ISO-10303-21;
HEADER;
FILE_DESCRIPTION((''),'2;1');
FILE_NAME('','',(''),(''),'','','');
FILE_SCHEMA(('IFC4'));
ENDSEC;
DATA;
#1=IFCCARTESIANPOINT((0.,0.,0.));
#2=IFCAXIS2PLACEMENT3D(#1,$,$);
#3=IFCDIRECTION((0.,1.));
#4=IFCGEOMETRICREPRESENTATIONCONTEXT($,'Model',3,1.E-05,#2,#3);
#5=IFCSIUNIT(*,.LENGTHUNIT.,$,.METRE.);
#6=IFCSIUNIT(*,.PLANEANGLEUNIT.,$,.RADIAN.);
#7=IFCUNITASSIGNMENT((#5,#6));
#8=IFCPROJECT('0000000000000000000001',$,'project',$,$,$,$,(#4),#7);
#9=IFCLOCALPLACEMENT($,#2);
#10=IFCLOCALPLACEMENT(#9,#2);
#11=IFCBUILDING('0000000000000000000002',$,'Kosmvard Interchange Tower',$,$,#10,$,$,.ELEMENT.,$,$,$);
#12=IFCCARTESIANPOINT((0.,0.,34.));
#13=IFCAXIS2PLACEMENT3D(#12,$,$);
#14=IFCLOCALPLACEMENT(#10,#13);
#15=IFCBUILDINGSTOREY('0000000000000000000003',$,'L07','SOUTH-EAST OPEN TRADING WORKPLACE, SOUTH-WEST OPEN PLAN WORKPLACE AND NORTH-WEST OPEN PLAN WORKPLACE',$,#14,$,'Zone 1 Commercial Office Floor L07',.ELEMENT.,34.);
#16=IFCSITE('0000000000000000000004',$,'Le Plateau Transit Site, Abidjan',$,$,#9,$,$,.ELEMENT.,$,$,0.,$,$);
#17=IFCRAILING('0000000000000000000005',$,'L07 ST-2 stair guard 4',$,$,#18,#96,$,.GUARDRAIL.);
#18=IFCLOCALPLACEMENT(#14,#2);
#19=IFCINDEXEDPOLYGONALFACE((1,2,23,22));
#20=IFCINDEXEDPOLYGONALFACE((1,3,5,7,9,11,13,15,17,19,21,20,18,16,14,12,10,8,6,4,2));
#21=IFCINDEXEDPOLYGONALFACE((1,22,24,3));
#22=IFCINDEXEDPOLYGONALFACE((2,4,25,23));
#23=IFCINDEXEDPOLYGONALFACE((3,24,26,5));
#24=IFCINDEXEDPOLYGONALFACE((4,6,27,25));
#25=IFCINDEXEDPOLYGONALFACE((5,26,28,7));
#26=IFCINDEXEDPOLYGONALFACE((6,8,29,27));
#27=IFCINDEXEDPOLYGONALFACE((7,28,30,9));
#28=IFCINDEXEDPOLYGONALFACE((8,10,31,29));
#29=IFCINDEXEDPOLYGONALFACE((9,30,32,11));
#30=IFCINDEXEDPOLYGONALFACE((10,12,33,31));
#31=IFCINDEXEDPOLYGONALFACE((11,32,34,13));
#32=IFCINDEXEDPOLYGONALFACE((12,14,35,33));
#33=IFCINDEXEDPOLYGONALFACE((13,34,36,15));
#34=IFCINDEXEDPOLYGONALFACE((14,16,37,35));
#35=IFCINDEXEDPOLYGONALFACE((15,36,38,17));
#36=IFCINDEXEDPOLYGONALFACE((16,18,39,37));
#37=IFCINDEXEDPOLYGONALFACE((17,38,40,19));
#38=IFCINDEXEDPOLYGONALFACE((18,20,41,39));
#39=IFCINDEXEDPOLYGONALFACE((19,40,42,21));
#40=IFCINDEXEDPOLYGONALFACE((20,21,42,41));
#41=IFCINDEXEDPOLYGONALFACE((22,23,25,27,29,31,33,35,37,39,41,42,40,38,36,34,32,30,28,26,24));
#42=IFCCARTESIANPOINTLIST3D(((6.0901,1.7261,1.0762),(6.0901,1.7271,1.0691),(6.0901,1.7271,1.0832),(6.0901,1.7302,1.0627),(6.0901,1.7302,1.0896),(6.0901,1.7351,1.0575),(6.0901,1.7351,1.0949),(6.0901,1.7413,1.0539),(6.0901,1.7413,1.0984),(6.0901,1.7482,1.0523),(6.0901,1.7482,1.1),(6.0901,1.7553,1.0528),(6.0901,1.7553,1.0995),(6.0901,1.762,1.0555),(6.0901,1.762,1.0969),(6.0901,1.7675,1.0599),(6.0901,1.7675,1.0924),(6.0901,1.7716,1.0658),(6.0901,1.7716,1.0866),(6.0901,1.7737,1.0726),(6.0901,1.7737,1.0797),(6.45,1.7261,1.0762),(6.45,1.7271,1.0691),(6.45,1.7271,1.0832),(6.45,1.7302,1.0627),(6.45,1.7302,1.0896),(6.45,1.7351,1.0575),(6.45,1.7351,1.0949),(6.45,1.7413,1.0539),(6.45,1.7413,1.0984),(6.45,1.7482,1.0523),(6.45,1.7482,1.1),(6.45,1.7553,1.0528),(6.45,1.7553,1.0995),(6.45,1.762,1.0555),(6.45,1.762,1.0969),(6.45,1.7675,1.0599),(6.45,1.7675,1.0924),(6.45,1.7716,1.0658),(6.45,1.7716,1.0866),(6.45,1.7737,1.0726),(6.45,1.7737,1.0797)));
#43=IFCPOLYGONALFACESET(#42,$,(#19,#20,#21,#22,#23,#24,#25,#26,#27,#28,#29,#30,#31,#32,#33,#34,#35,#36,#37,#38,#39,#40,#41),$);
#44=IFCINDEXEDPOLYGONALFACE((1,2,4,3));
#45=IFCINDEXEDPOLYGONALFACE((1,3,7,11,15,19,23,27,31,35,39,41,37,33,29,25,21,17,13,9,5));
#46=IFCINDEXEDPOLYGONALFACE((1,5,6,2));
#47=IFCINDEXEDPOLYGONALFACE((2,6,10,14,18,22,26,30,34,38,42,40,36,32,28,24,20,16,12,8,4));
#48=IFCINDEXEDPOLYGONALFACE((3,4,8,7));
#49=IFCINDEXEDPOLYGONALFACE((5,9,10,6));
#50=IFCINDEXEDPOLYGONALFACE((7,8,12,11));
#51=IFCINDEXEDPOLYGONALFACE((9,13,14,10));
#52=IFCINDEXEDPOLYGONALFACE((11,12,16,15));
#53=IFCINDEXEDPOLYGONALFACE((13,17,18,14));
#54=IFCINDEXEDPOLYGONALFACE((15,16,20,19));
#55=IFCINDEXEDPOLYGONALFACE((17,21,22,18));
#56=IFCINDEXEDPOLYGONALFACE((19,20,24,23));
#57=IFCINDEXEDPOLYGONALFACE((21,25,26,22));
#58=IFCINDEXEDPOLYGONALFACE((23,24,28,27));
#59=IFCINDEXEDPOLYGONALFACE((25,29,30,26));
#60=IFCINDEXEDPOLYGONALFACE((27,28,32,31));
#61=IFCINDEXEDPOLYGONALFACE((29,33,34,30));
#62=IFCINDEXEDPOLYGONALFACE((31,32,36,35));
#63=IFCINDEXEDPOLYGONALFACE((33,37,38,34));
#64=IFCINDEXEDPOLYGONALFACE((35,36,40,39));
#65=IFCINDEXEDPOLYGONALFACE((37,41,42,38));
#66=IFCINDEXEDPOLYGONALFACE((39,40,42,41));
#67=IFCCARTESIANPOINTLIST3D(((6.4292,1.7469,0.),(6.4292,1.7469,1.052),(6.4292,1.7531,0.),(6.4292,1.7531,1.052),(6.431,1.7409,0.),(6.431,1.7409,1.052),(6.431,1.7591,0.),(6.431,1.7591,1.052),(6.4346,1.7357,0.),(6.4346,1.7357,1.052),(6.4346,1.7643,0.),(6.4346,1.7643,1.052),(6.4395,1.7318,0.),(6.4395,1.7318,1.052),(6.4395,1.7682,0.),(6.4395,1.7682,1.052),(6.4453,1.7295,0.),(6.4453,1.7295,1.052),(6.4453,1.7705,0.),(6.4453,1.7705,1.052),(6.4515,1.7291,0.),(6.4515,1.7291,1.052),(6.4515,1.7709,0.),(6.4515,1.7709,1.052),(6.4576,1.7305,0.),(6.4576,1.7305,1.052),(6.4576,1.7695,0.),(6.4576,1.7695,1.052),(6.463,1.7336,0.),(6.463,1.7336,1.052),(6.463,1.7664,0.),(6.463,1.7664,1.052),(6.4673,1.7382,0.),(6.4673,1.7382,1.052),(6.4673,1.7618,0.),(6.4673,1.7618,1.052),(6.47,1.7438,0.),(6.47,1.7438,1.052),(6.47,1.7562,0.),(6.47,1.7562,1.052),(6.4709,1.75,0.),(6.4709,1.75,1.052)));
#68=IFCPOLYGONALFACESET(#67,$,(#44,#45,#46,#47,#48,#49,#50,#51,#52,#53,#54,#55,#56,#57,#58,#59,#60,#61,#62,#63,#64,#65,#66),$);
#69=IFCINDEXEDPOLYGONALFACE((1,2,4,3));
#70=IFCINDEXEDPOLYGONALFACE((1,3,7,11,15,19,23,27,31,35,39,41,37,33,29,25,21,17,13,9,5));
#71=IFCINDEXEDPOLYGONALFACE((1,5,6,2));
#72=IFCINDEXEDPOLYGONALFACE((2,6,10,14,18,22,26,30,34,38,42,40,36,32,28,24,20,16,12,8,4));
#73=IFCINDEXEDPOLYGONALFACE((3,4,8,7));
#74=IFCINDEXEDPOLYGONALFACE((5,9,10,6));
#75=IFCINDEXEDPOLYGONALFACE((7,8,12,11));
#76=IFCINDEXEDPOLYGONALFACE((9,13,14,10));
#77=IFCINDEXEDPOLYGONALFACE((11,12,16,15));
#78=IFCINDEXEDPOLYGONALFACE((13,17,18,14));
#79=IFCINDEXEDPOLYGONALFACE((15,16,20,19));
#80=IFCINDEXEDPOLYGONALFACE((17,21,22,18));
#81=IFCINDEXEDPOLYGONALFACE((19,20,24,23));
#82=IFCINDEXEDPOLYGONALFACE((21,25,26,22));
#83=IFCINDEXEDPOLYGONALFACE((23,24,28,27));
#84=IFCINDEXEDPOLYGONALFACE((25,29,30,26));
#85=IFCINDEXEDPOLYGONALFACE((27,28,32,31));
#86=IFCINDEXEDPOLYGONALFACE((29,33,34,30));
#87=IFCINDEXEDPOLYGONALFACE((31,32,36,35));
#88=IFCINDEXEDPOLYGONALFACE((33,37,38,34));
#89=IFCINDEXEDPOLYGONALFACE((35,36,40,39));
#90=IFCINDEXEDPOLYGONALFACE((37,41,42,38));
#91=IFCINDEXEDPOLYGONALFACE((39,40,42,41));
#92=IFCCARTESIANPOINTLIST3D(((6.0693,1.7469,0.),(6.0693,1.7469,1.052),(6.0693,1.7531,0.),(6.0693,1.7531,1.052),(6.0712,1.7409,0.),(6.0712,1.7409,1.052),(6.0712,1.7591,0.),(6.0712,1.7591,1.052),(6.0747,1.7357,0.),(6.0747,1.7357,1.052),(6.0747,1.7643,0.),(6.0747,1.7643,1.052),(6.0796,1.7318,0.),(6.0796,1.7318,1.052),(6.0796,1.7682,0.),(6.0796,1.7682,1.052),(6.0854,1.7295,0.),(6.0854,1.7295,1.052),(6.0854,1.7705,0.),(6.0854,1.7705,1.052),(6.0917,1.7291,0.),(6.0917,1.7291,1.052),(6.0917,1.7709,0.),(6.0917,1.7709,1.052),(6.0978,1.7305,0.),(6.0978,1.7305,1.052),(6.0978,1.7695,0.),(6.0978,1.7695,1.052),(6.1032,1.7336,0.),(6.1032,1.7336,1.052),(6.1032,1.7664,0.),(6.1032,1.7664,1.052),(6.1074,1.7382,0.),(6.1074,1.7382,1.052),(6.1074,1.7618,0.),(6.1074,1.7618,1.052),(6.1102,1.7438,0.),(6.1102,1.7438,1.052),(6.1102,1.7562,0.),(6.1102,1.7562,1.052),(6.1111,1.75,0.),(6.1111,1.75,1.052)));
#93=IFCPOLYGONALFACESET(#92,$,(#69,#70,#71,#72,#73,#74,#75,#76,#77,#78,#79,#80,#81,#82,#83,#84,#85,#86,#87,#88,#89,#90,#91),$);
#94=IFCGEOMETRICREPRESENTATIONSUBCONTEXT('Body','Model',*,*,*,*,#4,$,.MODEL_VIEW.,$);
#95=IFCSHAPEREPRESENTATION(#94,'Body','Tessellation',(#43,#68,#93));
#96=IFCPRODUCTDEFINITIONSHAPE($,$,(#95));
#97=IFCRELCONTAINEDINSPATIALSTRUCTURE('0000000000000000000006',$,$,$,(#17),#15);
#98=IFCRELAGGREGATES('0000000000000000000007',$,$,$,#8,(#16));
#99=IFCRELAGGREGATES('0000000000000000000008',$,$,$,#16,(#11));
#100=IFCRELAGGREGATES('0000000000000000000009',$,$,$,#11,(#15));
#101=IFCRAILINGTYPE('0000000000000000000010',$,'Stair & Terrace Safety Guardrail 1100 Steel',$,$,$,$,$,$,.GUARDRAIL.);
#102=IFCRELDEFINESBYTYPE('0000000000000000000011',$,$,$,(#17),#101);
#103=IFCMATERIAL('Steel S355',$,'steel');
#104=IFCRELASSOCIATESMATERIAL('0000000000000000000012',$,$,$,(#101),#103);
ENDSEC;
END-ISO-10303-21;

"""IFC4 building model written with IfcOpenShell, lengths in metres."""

from ifc_helpers import new_model, si_unit, direction, frame, origin, origin_2d, place, context, subcontext, project, spatial, circle, extrude, source, transform, mapped, material, type_object, element, save


model = new_model("IFC4")

# Units and contexts
model_context = context("Model", 3, precision=1e-05, world=origin(), true_north=direction((0.0, 1.0)))
body_context = subcontext(model_context, "Body", "Model", "MODEL_VIEW")
ifc_project = project(units=[si_unit("LENGTHUNIT", "METRE"), si_unit("PLANEANGLEUNIT", "RADIAN")], contexts=[model_context])

# Site, building, storey
site_placement = place(None, origin())
site = spatial("IfcSite", under=ifc_project, at=site_placement, Name="Le Plateau Transit Site, Abidjan", CompositionType="ELEMENT", RefElevation=0.0)
building_placement = place(site_placement, origin())
building = spatial("IfcBuilding", under=site, at=building_placement, Name="Kosmvard Interchange Tower", CompositionType="ELEMENT")
storey_placement = place(building_placement, frame((0.0, 0.0, 34.0)))
storey = spatial("IfcBuildingStorey", under=building, at=storey_placement, Name="L07", Description="SOUTH-EAST OPEN TRADING WORKPLACE, SOUTH-WEST OPEN PLAN WORKPLACE AND NORTH-WEST OPEN PLAN WORKPLACE", LongName="Zone 1 Commercial Office Floor L07", CompositionType="ELEMENT", Elevation=34.0)

# Shared definitions
ifc_material_1 = material(Name="Steel S355", Category="steel")

# Railing
railing_type_1 = type_object("IfcRailingType", Name="Stair & Terrace Safety Guardrail 1100 Steel", PredefinedType="GUARDRAIL", material=ifc_material_1)
shared_shape_1 = source(origin(), body_context, "Body", "SweptSolid", [
    extrude(circle(Radius=0.0239, at=origin_2d()), frame((0.0, 0.0, 1.0762), z_axis=(-1.0, 0.0, 0.0), x_axis=(0.0, -1.0, 0.0)), (0.0, 0.0, 1.0), 0.3599),
    extrude(circle(Radius=0.021, at=origin_2d()), origin(), (0.0, 0.0, 1.0), 1.052),
    extrude(circle(Radius=0.021, at=origin_2d()), frame((-0.3599, 0.0, 0.0)), (0.0, 0.0, 1.0), 1.052),
])
for number, where, name in (
    (1, (6.45, 1.75, 0.0), "L07 ST-2 stair guard 4"),
):
    element("IfcRailing", number, at=place(storey_placement, frame(where)), inside=storey, type_object=railing_type_1, Name=name, PredefinedType="GUARDRAIL", context=body_context, shape_type="MappedRepresentation", body=[
        mapped(shared_shape_1, transform((0.0, 0.0, 0.0), scale=1.0)),
    ])

save(model, "model.ifc")
